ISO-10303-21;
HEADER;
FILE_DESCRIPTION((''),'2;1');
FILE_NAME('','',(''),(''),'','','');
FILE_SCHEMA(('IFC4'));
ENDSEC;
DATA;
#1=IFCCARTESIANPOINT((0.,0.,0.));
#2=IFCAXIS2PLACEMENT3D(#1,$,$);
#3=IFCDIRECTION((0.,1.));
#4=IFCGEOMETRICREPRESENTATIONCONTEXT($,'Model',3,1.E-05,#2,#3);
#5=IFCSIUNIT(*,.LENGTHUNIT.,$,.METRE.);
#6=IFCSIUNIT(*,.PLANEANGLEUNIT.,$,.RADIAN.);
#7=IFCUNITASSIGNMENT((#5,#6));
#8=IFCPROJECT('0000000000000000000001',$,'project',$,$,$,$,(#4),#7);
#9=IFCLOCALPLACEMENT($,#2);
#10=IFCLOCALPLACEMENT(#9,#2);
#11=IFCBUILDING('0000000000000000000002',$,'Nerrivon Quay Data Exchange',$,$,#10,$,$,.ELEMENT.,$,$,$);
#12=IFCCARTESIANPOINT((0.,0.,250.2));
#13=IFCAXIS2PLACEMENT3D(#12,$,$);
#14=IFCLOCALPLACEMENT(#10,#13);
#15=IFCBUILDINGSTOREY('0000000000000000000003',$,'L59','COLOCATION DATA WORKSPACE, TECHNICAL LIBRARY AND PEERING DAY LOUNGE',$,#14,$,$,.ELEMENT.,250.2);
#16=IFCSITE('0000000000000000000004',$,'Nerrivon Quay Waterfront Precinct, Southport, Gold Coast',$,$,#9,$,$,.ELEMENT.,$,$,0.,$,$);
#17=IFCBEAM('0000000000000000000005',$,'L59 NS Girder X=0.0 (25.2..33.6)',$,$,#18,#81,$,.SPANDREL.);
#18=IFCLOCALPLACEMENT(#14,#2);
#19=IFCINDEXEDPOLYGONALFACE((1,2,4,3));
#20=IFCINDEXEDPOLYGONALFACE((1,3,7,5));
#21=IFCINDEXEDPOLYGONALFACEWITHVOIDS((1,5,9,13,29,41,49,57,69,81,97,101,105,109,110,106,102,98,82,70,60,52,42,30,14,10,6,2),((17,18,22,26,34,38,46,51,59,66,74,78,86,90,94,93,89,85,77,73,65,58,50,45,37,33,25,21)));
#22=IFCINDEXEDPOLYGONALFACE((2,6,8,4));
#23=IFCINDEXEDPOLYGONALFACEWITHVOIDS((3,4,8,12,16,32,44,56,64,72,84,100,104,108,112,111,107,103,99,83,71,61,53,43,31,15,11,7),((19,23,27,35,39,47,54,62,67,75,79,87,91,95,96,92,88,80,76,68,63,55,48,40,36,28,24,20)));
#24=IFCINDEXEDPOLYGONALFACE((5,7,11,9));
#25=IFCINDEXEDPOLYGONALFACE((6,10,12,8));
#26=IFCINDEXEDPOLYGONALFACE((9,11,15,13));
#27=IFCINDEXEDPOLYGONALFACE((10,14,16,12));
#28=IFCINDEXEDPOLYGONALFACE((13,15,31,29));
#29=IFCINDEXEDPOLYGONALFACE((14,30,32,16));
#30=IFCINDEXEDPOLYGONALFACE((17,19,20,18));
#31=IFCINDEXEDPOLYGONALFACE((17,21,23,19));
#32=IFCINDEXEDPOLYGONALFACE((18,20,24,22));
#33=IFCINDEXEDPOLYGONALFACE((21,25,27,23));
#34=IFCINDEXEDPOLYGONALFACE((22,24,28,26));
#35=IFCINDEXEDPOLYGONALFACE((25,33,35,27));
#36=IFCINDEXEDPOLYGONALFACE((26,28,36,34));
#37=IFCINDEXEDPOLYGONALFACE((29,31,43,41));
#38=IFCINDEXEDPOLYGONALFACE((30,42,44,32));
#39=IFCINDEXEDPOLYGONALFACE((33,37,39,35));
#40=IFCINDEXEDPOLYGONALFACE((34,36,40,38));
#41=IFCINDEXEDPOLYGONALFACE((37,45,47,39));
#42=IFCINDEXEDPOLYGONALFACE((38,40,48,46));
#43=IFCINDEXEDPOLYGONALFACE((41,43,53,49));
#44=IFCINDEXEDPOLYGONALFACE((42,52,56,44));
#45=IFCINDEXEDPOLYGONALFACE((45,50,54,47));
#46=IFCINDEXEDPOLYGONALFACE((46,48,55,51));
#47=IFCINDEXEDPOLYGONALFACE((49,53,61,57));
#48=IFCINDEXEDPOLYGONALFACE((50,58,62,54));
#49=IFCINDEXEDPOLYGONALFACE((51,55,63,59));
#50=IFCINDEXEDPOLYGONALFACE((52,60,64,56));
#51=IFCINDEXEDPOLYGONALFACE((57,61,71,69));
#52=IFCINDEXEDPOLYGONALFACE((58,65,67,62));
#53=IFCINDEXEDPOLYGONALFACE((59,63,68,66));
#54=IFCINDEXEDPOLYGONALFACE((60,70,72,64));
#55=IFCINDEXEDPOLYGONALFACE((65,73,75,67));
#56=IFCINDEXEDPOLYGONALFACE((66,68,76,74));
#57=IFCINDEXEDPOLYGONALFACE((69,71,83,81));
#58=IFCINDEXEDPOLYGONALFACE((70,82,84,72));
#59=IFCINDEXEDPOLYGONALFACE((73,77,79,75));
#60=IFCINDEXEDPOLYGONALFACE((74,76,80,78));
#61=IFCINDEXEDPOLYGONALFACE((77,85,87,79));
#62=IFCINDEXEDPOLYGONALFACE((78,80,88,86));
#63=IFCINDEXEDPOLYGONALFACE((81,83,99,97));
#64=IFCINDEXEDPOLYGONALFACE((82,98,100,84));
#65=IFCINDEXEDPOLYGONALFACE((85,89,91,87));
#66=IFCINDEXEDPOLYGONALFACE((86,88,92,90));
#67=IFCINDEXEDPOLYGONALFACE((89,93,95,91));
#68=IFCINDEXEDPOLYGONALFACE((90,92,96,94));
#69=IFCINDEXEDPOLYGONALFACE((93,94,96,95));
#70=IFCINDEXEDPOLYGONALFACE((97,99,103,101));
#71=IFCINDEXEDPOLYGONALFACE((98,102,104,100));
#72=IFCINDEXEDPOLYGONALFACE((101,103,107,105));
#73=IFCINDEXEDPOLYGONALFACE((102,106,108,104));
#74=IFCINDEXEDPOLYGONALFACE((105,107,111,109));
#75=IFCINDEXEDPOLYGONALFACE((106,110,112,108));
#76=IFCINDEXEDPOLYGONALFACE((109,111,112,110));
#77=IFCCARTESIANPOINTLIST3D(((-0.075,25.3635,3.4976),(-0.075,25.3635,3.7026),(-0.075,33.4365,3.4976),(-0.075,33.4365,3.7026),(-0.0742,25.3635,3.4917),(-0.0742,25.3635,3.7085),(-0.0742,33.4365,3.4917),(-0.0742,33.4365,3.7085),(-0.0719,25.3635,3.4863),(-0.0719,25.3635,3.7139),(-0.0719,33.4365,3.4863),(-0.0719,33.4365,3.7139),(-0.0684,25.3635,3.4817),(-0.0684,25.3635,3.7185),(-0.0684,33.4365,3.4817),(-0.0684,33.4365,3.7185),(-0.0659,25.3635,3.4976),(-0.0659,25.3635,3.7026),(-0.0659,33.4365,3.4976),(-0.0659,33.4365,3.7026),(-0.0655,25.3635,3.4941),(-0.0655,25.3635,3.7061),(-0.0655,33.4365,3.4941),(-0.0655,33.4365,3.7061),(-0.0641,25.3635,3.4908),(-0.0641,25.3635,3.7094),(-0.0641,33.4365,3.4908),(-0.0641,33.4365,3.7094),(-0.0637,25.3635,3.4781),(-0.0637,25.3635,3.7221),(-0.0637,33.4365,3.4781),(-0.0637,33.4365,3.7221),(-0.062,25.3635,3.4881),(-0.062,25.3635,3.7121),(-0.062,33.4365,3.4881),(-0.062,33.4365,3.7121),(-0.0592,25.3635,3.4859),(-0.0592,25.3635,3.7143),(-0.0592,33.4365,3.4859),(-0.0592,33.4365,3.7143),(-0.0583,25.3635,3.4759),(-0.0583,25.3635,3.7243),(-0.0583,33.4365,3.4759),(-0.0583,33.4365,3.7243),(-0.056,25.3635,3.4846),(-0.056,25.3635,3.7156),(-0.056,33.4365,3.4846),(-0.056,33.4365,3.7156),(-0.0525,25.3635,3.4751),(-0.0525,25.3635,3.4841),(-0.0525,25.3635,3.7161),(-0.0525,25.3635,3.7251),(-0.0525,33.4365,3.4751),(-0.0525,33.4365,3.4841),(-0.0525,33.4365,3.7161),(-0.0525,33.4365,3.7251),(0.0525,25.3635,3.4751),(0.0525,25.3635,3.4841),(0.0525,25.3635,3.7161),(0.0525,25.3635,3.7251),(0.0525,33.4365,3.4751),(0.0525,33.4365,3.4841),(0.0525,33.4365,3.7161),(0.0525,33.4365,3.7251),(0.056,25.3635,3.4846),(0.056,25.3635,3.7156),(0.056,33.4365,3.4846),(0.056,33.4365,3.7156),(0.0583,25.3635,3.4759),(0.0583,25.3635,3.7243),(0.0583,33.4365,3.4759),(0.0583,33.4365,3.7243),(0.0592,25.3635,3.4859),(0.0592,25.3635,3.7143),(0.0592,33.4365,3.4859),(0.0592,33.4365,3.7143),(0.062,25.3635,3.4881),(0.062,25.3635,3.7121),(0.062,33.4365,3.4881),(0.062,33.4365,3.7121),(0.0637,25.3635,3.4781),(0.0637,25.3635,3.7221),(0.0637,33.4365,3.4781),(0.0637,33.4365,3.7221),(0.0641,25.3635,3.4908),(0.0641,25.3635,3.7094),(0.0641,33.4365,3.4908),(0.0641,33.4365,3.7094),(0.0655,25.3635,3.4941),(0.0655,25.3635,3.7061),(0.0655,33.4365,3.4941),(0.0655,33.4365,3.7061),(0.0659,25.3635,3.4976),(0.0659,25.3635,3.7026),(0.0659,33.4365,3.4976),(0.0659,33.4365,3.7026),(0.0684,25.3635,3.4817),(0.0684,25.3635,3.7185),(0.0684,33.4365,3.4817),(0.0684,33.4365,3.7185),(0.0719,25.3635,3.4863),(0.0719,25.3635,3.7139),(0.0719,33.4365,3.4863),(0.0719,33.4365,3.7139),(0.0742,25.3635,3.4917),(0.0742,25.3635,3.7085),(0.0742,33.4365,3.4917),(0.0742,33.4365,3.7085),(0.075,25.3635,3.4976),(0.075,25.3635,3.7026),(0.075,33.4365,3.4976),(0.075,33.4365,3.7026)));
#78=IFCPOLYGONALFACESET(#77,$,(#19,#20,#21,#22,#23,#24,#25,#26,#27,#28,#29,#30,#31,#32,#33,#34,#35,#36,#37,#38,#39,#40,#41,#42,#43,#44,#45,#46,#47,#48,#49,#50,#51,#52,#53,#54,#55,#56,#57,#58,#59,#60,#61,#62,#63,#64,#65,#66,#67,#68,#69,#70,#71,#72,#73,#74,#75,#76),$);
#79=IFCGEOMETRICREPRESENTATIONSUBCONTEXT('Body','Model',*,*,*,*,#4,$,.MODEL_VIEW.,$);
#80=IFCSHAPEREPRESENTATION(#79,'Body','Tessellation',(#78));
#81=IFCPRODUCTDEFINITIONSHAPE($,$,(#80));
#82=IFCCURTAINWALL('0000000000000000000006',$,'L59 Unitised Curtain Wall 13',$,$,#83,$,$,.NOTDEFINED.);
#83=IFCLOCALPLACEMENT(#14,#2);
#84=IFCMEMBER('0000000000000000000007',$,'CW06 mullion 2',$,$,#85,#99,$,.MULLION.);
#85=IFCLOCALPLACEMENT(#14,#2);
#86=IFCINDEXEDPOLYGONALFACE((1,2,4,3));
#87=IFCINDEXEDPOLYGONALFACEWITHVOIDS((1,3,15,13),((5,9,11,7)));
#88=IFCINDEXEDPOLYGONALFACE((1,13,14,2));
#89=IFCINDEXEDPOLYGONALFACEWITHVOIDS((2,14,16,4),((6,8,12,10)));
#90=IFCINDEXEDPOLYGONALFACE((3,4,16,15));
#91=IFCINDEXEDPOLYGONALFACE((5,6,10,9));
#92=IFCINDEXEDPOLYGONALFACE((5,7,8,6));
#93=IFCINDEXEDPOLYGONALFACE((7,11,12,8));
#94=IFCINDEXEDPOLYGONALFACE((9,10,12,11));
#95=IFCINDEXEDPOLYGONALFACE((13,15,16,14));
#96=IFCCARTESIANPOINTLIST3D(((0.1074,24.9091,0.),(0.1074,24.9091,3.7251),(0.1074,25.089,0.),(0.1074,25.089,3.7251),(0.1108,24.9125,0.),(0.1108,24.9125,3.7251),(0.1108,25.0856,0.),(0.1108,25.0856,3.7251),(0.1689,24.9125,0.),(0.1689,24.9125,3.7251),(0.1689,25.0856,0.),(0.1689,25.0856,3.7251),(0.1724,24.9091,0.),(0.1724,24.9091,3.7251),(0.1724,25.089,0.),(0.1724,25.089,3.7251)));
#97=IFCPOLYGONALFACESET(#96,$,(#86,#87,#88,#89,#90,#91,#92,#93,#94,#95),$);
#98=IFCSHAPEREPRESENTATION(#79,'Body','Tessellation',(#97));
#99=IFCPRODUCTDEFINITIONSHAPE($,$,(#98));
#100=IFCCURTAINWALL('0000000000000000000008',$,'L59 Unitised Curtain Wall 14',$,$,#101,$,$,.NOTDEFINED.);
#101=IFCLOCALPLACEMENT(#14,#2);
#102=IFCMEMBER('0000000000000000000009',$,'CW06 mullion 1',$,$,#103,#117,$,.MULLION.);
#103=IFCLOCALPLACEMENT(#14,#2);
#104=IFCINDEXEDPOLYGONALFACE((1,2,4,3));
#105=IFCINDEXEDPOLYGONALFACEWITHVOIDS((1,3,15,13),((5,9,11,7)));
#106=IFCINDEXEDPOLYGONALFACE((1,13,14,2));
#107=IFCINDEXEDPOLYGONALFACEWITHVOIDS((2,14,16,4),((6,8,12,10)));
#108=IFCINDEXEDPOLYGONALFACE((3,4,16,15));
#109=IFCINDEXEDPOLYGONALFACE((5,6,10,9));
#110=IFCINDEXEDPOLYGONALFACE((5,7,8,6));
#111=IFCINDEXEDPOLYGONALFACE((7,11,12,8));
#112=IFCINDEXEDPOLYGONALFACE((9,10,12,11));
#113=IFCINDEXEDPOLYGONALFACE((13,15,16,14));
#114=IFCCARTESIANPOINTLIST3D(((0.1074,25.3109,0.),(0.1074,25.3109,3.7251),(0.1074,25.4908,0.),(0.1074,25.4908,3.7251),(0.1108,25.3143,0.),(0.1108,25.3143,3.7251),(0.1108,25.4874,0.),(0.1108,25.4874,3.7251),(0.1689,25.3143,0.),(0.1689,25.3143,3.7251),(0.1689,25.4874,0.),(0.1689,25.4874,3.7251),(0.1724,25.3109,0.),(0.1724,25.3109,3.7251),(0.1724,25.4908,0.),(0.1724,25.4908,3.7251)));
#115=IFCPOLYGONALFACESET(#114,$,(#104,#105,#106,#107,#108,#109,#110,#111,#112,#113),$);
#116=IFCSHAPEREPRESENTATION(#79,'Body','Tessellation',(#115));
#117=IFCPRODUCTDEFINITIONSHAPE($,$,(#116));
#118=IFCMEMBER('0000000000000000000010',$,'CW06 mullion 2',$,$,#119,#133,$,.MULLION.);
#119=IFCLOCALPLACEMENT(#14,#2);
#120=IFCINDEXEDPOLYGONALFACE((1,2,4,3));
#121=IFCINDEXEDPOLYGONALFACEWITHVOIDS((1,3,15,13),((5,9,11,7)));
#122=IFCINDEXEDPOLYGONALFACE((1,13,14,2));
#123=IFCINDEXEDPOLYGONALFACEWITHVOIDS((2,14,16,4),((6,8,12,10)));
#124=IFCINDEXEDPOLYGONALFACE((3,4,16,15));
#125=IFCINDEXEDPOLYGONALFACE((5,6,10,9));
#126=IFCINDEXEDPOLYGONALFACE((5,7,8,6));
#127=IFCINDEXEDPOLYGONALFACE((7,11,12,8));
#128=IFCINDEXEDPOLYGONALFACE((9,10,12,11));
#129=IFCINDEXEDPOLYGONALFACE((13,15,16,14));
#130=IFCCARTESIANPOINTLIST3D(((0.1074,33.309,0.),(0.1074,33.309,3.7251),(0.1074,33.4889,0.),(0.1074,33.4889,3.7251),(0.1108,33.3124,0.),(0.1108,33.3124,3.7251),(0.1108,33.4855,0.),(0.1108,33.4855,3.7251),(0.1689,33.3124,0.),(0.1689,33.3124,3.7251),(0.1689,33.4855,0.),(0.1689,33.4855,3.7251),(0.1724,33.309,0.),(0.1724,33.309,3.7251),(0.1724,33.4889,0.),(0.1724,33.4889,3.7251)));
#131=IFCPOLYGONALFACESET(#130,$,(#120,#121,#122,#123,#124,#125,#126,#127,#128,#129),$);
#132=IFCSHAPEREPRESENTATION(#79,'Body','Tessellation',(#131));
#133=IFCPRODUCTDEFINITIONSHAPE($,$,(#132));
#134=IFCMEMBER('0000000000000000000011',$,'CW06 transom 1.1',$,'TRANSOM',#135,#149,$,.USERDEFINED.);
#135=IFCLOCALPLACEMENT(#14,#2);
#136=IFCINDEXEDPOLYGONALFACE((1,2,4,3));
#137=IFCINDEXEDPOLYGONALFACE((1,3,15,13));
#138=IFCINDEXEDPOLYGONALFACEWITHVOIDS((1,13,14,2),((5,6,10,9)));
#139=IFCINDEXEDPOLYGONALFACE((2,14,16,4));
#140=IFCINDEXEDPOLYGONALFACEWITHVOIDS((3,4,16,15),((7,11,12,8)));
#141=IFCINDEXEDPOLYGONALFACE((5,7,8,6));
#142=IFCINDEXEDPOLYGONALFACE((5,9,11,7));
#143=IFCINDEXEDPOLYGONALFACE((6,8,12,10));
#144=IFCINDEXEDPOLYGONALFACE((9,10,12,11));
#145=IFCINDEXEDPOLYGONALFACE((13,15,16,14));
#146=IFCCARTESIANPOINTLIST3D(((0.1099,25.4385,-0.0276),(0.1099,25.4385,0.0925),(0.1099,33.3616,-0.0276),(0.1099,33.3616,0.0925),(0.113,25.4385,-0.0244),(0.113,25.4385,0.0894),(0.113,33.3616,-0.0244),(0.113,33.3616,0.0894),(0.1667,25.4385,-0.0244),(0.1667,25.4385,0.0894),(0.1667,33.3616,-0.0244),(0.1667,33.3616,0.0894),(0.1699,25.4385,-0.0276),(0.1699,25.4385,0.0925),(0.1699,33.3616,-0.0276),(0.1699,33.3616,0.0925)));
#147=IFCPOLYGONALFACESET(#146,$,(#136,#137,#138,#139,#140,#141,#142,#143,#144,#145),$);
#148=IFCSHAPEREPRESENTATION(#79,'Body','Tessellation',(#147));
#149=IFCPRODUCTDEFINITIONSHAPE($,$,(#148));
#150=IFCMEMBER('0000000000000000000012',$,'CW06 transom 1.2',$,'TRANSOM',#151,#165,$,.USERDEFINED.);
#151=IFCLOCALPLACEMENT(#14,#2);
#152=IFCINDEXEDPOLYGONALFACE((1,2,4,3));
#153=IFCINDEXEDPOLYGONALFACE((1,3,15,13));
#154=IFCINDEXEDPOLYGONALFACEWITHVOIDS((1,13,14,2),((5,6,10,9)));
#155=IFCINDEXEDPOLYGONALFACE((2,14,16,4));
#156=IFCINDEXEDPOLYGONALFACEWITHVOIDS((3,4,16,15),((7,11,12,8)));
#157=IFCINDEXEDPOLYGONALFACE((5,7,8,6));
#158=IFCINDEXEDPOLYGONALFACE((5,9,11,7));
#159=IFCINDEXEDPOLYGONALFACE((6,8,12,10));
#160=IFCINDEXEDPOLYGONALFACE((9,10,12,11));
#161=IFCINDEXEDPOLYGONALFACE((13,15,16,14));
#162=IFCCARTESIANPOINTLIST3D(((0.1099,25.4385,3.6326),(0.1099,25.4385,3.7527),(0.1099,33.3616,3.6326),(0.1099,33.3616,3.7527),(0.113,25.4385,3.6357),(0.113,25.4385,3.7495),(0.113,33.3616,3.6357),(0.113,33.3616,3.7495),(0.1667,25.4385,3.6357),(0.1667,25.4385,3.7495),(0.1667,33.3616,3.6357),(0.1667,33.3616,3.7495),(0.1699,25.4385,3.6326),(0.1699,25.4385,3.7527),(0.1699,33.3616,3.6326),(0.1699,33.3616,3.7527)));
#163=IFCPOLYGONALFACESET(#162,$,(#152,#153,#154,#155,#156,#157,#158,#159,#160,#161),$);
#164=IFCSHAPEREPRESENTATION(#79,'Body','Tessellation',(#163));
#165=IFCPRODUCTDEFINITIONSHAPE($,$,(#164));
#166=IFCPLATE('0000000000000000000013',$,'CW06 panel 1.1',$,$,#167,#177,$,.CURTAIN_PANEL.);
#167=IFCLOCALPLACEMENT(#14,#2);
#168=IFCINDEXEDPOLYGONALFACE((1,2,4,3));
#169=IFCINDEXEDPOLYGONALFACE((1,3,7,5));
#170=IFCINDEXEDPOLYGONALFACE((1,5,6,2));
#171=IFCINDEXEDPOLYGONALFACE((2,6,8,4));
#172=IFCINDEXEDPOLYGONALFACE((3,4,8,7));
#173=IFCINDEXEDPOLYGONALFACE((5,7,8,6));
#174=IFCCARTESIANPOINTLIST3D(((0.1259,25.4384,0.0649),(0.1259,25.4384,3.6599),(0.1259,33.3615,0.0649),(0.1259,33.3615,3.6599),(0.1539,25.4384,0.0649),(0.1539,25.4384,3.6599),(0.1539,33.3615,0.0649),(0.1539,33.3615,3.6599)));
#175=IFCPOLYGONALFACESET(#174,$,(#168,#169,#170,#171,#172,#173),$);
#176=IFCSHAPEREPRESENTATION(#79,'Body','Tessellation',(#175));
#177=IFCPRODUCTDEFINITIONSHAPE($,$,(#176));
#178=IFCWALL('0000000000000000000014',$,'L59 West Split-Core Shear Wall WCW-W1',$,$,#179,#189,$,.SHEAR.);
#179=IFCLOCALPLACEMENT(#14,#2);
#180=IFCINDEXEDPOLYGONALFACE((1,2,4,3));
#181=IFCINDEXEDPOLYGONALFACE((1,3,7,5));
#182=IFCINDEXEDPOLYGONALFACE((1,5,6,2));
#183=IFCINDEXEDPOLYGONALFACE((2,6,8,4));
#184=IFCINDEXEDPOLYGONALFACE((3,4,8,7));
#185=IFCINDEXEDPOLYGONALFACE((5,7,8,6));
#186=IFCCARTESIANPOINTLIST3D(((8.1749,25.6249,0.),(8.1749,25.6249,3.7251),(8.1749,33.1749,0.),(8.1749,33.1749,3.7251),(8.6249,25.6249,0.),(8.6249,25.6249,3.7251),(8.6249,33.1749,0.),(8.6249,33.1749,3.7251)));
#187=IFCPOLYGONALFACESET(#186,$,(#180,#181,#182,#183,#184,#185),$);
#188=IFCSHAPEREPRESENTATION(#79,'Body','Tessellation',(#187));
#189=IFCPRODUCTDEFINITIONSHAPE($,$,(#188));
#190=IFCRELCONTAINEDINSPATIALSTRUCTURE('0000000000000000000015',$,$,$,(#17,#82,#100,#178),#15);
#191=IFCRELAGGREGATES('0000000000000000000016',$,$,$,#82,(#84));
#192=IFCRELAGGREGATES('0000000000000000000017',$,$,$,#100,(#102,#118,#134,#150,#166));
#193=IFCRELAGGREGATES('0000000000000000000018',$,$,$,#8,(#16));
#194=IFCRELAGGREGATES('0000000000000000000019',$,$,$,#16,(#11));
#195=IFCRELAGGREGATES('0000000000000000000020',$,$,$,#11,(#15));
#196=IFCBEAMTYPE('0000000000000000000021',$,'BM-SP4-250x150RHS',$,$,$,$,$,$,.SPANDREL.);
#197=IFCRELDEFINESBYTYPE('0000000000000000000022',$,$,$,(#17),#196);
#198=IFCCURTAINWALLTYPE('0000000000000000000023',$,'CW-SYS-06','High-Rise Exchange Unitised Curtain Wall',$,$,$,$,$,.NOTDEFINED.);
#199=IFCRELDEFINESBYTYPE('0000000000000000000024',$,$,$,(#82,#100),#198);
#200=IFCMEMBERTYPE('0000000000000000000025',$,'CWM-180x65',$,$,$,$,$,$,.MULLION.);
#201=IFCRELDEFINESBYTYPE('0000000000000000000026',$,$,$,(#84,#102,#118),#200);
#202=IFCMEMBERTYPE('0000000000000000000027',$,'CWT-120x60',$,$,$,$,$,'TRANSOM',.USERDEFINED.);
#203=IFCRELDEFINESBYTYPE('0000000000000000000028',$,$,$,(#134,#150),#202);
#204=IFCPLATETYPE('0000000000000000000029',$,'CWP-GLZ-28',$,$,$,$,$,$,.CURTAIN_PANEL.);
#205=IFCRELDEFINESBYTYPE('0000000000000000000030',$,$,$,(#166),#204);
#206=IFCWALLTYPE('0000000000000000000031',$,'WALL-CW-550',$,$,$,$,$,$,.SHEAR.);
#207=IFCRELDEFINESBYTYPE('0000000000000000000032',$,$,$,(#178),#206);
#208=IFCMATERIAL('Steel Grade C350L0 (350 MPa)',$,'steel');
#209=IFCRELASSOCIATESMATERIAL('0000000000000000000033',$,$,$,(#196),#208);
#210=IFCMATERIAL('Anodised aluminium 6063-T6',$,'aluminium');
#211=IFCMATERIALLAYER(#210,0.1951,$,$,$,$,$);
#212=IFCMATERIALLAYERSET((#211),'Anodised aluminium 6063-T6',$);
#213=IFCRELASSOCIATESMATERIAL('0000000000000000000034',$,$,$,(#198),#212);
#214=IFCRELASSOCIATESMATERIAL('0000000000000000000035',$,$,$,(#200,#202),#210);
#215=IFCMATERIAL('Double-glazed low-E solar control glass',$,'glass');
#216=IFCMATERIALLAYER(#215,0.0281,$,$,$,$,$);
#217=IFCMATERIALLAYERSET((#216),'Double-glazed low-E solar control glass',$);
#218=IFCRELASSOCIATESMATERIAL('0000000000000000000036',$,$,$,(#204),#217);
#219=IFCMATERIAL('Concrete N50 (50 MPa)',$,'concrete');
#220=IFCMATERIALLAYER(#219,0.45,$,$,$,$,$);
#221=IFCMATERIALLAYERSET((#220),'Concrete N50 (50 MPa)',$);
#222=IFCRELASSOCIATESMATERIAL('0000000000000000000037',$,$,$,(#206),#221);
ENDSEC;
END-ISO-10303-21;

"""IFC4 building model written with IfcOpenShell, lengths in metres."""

from ifc_helpers import new_model, si_unit, direction, frame, frame_2d, origin, origin_2d, place, context, subcontext, project, spatial, rectangle, hollow_rectangle, extrude, material, layer, layer_set, material_profile, profile_set, type_object, element, aggregate, save


model = new_model("IFC4")

# Units and contexts
model_context = context("Model", 3, precision=1e-05, world=origin(), true_north=direction((0.0, 1.0)))
body_context = subcontext(model_context, "Body", "Model", "MODEL_VIEW")
ifc_project = project(units=[si_unit("LENGTHUNIT", "METRE"), si_unit("PLANEANGLEUNIT", "RADIAN")], contexts=[model_context])

# Site, building, storey
site_placement = place(None, origin())
site = spatial("IfcSite", under=ifc_project, at=site_placement, Name="Nerrivon Quay Waterfront Precinct, Southport, Gold Coast", CompositionType="ELEMENT", RefElevation=0.0)
building_placement = place(site_placement, origin())
building = spatial("IfcBuilding", under=site, at=building_placement, Name="Nerrivon Quay Data Exchange", CompositionType="ELEMENT")
storey_placement = place(building_placement, frame((0.0, 0.0, 250.2)))
storey = spatial("IfcBuildingStorey", under=building, at=storey_placement, Name="L59", Description="COLOCATION DATA WORKSPACE, TECHNICAL LIBRARY AND PEERING DAY LOUNGE", CompositionType="ELEMENT", Elevation=250.2)

# Shared definitions
ifc_material_1 = material(Name="Concrete N50 (50 MPa)", Category="concrete")

# Beam
ifc_material_2 = material(Name="Steel Grade C350L0 (350 MPa)", Category="steel")
ifc_material_profile_1 = material_profile(ifc_material_2, hollow_rectangle(XDim=0.1499, YDim=0.25, WallThickness=0.009, InnerFilletRadius=0.0134, OuterFilletRadius=0.0225, at=origin_2d()), Name="250x150x9.0RHS")
ifc_profile_set_1 = profile_set([ifc_material_profile_1], Name="Steel Grade C350L0 (350 MPa)")
beam_type_1 = type_object("IfcBeamType", Name="BM-SP4-250x150RHS", PredefinedType="SPANDREL", material=ifc_profile_set_1)
beam_1_placement = place(storey_placement, frame((0.0, 25.3635, 3.6001), z_axis=(0.0, 1.0, 0.0), x_axis=(-1.0, 0.0, 0.0)))
element("IfcBeam", 1, at=beam_1_placement, inside=storey, type_object=beam_type_1, Name="L59 NS Girder X=0.0 (25.2..33.6)", PredefinedType="SPANDREL", context=body_context, shape_type="SweptSolid", body=[
    extrude(hollow_rectangle(XDim=0.1499, YDim=0.25, WallThickness=0.009, InnerFilletRadius=0.0134, OuterFilletRadius=0.0225, at=origin_2d()), origin(), (0.0, 0.0, 1.0), 8.073),
])

# Curtain wall, member
ifc_material_3 = material(Name="Anodised aluminium 6063-T6", Category="aluminium")
ifc_layer_1 = layer(ifc_material_3, 0.1951)
ifc_layer_set_1 = layer_set([ifc_layer_1], Name="Anodised aluminium 6063-T6")
curtain_wall_type = type_object("IfcCurtainWallType", Name="CW-SYS-06", Description="High-Rise Exchange Unitised Curtain Wall", PredefinedType="NOTDEFINED", material=ifc_layer_set_1)
curtain_wall_1_placement = place(storey_placement, origin())
curtain_wall_1 = element("IfcCurtainWall", 2, at=curtain_wall_1_placement, inside=storey, type_object=curtain_wall_type, Name="L59 Unitised Curtain Wall 13", PredefinedType="NOTDEFINED")
ifc_material_profile_2 = material_profile(ifc_material_3, hollow_rectangle(XDim=0.0649, YDim=0.1799, WallThickness=0.0034, at=origin_2d()), Name="ALU-MULL-180x65")
ifc_profile_set_2 = profile_set([ifc_material_profile_2], Name="Anodised aluminium 6063-T6")
member_type_1 = type_object("IfcMemberType", Name="CWM-180x65", PredefinedType="MULLION", material=ifc_profile_set_2)
member_1_placement = place(storey_placement, frame((0.1399, 24.999, 0.0), z_axis=(0.0, 0.0, 1.0), x_axis=(-1.0, 0.0, 0.0)))
member_1 = element("IfcMember", 3, at=member_1_placement, type_object=member_type_1, Name="CW06 mullion 2", PredefinedType="MULLION", context=body_context, shape_type="SweptSolid", body=[
    extrude(hollow_rectangle(XDim=0.0649, YDim=0.1799, WallThickness=0.0034, at=origin_2d()), origin(), (0.0, 0.0, 1.0), 3.7251),
])
aggregate(curtain_wall_1, [member_1])

# Curtain wall, members, plate
curtain_wall_2_placement = place(storey_placement, origin())
curtain_wall_2 = element("IfcCurtainWall", 4, at=curtain_wall_2_placement, inside=storey, type_object=curtain_wall_type, Name="L59 Unitised Curtain Wall 14", PredefinedType="NOTDEFINED")
member_2_placement = place(storey_placement, frame((0.1399, 25.4009, 0.0), z_axis=(0.0, 0.0, 1.0), x_axis=(-1.0, 0.0, 0.0)))
member_2 = element("IfcMember", 5, at=member_2_placement, type_object=member_type_1, Name="CW06 mullion 1", PredefinedType="MULLION", context=body_context, shape_type="SweptSolid", body=[
    extrude(hollow_rectangle(XDim=0.0649, YDim=0.1799, WallThickness=0.0034, at=origin_2d()), origin(), (0.0, 0.0, 1.0), 3.7251),
])
member_3_placement = place(storey_placement, frame((0.1399, 33.3989, 0.0), z_axis=(0.0, 0.0, 1.0), x_axis=(-1.0, 0.0, 0.0)))
member_3 = element("IfcMember", 6, at=member_3_placement, type_object=member_type_1, Name="CW06 mullion 2", PredefinedType="MULLION", context=body_context, shape_type="SweptSolid", body=[
    extrude(hollow_rectangle(XDim=0.0649, YDim=0.1799, WallThickness=0.0034, at=origin_2d()), origin(), (0.0, 0.0, 1.0), 3.7251),
])
ifc_material_profile_3 = material_profile(ifc_material_3, hollow_rectangle(XDim=0.0601, YDim=0.1201, WallThickness=0.0032, at=origin_2d()), Name="ALU-TRAN-120x60")
ifc_profile_set_3 = profile_set([ifc_material_profile_3], Name="Anodised aluminium 6063-T6")
member_type_2 = type_object("IfcMemberType", Name="CWT-120x60", ElementType="TRANSOM", PredefinedType="USERDEFINED", material=ifc_profile_set_3)
member_4_placement = place(storey_placement, frame((0.1399, 25.4385, 0.0325), z_axis=(0.0, 1.0, 0.0), x_axis=(-1.0, 0.0, 0.0)))
member_4 = element("IfcMember", 7, at=member_4_placement, type_object=member_type_2, Name="CW06 transom 1.1", ObjectType="TRANSOM", PredefinedType="USERDEFINED", context=body_context, shape_type="SweptSolid", body=[
    extrude(hollow_rectangle(XDim=0.0601, YDim=0.1201, WallThickness=0.0032, at=origin_2d()), origin(), (0.0, 0.0, 1.0), 7.9231),
])
member_5_placement = place(storey_placement, frame((0.1399, 25.4385, 3.6926), z_axis=(0.0, 1.0, 0.0), x_axis=(-1.0, 0.0, 0.0)))
member_5 = element("IfcMember", 8, at=member_5_placement, type_object=member_type_2, Name="CW06 transom 1.2", ObjectType="TRANSOM", PredefinedType="USERDEFINED", context=body_context, shape_type="SweptSolid", body=[
    extrude(hollow_rectangle(XDim=0.0601, YDim=0.1201, WallThickness=0.0032, at=origin_2d()), origin(), (0.0, 0.0, 1.0), 7.9231),
])
ifc_material_4 = material(Name="Double-glazed low-E solar control glass", Category="glass")
ifc_layer_2 = layer(ifc_material_4, 0.0281)
ifc_layer_set_2 = layer_set([ifc_layer_2], Name="Double-glazed low-E solar control glass")
plate_type = type_object("IfcPlateType", Name="CWP-GLZ-28", PredefinedType="CURTAIN_PANEL", material=ifc_layer_set_2)
plate_placement = place(storey_placement, frame((0.1399, 29.3999, 0.0649), z_axis=(0.0, 0.0, 1.0), x_axis=(0.0, 1.0, 0.0)))
plate = element("IfcPlate", 9, at=plate_placement, type_object=plate_type, Name="CW06 panel 1.1", PredefinedType="CURTAIN_PANEL", context=body_context, shape_type="SweptSolid", body=[
    extrude(rectangle(XDim=7.9231, YDim=0.0281, at=origin_2d()), origin(), (0.0, 0.0, 1.0), 3.595),
])
aggregate(curtain_wall_2, [member_2, member_3, member_4, member_5, plate])

# Wall
ifc_layer_3 = layer(ifc_material_1, 0.45)
ifc_layer_set_3 = layer_set([ifc_layer_3], Name="Concrete N50 (50 MPa)")
wall_type_1 = type_object("IfcWallType", Name="WALL-CW-550", PredefinedType="SHEAR", material=ifc_layer_set_3)
wall_1_placement = place(storey_placement, frame((8.3999, 25.625, 0.0), z_axis=(0.0, 0.0, 1.0), x_axis=(0.0, 1.0, 0.0)))
element("IfcWall", 10, at=wall_1_placement, inside=storey, type_object=wall_type_1, Name="L59 West Split-Core Shear Wall WCW-W1", PredefinedType="SHEAR", context=body_context, shape_type="SweptSolid", body=[
    extrude(rectangle(XDim=7.55, YDim=0.45, at=frame_2d((3.7749, 0.0))), origin(), (0.0, 0.0, 1.0), 3.7251),
])

save(model, "model.ifc")
